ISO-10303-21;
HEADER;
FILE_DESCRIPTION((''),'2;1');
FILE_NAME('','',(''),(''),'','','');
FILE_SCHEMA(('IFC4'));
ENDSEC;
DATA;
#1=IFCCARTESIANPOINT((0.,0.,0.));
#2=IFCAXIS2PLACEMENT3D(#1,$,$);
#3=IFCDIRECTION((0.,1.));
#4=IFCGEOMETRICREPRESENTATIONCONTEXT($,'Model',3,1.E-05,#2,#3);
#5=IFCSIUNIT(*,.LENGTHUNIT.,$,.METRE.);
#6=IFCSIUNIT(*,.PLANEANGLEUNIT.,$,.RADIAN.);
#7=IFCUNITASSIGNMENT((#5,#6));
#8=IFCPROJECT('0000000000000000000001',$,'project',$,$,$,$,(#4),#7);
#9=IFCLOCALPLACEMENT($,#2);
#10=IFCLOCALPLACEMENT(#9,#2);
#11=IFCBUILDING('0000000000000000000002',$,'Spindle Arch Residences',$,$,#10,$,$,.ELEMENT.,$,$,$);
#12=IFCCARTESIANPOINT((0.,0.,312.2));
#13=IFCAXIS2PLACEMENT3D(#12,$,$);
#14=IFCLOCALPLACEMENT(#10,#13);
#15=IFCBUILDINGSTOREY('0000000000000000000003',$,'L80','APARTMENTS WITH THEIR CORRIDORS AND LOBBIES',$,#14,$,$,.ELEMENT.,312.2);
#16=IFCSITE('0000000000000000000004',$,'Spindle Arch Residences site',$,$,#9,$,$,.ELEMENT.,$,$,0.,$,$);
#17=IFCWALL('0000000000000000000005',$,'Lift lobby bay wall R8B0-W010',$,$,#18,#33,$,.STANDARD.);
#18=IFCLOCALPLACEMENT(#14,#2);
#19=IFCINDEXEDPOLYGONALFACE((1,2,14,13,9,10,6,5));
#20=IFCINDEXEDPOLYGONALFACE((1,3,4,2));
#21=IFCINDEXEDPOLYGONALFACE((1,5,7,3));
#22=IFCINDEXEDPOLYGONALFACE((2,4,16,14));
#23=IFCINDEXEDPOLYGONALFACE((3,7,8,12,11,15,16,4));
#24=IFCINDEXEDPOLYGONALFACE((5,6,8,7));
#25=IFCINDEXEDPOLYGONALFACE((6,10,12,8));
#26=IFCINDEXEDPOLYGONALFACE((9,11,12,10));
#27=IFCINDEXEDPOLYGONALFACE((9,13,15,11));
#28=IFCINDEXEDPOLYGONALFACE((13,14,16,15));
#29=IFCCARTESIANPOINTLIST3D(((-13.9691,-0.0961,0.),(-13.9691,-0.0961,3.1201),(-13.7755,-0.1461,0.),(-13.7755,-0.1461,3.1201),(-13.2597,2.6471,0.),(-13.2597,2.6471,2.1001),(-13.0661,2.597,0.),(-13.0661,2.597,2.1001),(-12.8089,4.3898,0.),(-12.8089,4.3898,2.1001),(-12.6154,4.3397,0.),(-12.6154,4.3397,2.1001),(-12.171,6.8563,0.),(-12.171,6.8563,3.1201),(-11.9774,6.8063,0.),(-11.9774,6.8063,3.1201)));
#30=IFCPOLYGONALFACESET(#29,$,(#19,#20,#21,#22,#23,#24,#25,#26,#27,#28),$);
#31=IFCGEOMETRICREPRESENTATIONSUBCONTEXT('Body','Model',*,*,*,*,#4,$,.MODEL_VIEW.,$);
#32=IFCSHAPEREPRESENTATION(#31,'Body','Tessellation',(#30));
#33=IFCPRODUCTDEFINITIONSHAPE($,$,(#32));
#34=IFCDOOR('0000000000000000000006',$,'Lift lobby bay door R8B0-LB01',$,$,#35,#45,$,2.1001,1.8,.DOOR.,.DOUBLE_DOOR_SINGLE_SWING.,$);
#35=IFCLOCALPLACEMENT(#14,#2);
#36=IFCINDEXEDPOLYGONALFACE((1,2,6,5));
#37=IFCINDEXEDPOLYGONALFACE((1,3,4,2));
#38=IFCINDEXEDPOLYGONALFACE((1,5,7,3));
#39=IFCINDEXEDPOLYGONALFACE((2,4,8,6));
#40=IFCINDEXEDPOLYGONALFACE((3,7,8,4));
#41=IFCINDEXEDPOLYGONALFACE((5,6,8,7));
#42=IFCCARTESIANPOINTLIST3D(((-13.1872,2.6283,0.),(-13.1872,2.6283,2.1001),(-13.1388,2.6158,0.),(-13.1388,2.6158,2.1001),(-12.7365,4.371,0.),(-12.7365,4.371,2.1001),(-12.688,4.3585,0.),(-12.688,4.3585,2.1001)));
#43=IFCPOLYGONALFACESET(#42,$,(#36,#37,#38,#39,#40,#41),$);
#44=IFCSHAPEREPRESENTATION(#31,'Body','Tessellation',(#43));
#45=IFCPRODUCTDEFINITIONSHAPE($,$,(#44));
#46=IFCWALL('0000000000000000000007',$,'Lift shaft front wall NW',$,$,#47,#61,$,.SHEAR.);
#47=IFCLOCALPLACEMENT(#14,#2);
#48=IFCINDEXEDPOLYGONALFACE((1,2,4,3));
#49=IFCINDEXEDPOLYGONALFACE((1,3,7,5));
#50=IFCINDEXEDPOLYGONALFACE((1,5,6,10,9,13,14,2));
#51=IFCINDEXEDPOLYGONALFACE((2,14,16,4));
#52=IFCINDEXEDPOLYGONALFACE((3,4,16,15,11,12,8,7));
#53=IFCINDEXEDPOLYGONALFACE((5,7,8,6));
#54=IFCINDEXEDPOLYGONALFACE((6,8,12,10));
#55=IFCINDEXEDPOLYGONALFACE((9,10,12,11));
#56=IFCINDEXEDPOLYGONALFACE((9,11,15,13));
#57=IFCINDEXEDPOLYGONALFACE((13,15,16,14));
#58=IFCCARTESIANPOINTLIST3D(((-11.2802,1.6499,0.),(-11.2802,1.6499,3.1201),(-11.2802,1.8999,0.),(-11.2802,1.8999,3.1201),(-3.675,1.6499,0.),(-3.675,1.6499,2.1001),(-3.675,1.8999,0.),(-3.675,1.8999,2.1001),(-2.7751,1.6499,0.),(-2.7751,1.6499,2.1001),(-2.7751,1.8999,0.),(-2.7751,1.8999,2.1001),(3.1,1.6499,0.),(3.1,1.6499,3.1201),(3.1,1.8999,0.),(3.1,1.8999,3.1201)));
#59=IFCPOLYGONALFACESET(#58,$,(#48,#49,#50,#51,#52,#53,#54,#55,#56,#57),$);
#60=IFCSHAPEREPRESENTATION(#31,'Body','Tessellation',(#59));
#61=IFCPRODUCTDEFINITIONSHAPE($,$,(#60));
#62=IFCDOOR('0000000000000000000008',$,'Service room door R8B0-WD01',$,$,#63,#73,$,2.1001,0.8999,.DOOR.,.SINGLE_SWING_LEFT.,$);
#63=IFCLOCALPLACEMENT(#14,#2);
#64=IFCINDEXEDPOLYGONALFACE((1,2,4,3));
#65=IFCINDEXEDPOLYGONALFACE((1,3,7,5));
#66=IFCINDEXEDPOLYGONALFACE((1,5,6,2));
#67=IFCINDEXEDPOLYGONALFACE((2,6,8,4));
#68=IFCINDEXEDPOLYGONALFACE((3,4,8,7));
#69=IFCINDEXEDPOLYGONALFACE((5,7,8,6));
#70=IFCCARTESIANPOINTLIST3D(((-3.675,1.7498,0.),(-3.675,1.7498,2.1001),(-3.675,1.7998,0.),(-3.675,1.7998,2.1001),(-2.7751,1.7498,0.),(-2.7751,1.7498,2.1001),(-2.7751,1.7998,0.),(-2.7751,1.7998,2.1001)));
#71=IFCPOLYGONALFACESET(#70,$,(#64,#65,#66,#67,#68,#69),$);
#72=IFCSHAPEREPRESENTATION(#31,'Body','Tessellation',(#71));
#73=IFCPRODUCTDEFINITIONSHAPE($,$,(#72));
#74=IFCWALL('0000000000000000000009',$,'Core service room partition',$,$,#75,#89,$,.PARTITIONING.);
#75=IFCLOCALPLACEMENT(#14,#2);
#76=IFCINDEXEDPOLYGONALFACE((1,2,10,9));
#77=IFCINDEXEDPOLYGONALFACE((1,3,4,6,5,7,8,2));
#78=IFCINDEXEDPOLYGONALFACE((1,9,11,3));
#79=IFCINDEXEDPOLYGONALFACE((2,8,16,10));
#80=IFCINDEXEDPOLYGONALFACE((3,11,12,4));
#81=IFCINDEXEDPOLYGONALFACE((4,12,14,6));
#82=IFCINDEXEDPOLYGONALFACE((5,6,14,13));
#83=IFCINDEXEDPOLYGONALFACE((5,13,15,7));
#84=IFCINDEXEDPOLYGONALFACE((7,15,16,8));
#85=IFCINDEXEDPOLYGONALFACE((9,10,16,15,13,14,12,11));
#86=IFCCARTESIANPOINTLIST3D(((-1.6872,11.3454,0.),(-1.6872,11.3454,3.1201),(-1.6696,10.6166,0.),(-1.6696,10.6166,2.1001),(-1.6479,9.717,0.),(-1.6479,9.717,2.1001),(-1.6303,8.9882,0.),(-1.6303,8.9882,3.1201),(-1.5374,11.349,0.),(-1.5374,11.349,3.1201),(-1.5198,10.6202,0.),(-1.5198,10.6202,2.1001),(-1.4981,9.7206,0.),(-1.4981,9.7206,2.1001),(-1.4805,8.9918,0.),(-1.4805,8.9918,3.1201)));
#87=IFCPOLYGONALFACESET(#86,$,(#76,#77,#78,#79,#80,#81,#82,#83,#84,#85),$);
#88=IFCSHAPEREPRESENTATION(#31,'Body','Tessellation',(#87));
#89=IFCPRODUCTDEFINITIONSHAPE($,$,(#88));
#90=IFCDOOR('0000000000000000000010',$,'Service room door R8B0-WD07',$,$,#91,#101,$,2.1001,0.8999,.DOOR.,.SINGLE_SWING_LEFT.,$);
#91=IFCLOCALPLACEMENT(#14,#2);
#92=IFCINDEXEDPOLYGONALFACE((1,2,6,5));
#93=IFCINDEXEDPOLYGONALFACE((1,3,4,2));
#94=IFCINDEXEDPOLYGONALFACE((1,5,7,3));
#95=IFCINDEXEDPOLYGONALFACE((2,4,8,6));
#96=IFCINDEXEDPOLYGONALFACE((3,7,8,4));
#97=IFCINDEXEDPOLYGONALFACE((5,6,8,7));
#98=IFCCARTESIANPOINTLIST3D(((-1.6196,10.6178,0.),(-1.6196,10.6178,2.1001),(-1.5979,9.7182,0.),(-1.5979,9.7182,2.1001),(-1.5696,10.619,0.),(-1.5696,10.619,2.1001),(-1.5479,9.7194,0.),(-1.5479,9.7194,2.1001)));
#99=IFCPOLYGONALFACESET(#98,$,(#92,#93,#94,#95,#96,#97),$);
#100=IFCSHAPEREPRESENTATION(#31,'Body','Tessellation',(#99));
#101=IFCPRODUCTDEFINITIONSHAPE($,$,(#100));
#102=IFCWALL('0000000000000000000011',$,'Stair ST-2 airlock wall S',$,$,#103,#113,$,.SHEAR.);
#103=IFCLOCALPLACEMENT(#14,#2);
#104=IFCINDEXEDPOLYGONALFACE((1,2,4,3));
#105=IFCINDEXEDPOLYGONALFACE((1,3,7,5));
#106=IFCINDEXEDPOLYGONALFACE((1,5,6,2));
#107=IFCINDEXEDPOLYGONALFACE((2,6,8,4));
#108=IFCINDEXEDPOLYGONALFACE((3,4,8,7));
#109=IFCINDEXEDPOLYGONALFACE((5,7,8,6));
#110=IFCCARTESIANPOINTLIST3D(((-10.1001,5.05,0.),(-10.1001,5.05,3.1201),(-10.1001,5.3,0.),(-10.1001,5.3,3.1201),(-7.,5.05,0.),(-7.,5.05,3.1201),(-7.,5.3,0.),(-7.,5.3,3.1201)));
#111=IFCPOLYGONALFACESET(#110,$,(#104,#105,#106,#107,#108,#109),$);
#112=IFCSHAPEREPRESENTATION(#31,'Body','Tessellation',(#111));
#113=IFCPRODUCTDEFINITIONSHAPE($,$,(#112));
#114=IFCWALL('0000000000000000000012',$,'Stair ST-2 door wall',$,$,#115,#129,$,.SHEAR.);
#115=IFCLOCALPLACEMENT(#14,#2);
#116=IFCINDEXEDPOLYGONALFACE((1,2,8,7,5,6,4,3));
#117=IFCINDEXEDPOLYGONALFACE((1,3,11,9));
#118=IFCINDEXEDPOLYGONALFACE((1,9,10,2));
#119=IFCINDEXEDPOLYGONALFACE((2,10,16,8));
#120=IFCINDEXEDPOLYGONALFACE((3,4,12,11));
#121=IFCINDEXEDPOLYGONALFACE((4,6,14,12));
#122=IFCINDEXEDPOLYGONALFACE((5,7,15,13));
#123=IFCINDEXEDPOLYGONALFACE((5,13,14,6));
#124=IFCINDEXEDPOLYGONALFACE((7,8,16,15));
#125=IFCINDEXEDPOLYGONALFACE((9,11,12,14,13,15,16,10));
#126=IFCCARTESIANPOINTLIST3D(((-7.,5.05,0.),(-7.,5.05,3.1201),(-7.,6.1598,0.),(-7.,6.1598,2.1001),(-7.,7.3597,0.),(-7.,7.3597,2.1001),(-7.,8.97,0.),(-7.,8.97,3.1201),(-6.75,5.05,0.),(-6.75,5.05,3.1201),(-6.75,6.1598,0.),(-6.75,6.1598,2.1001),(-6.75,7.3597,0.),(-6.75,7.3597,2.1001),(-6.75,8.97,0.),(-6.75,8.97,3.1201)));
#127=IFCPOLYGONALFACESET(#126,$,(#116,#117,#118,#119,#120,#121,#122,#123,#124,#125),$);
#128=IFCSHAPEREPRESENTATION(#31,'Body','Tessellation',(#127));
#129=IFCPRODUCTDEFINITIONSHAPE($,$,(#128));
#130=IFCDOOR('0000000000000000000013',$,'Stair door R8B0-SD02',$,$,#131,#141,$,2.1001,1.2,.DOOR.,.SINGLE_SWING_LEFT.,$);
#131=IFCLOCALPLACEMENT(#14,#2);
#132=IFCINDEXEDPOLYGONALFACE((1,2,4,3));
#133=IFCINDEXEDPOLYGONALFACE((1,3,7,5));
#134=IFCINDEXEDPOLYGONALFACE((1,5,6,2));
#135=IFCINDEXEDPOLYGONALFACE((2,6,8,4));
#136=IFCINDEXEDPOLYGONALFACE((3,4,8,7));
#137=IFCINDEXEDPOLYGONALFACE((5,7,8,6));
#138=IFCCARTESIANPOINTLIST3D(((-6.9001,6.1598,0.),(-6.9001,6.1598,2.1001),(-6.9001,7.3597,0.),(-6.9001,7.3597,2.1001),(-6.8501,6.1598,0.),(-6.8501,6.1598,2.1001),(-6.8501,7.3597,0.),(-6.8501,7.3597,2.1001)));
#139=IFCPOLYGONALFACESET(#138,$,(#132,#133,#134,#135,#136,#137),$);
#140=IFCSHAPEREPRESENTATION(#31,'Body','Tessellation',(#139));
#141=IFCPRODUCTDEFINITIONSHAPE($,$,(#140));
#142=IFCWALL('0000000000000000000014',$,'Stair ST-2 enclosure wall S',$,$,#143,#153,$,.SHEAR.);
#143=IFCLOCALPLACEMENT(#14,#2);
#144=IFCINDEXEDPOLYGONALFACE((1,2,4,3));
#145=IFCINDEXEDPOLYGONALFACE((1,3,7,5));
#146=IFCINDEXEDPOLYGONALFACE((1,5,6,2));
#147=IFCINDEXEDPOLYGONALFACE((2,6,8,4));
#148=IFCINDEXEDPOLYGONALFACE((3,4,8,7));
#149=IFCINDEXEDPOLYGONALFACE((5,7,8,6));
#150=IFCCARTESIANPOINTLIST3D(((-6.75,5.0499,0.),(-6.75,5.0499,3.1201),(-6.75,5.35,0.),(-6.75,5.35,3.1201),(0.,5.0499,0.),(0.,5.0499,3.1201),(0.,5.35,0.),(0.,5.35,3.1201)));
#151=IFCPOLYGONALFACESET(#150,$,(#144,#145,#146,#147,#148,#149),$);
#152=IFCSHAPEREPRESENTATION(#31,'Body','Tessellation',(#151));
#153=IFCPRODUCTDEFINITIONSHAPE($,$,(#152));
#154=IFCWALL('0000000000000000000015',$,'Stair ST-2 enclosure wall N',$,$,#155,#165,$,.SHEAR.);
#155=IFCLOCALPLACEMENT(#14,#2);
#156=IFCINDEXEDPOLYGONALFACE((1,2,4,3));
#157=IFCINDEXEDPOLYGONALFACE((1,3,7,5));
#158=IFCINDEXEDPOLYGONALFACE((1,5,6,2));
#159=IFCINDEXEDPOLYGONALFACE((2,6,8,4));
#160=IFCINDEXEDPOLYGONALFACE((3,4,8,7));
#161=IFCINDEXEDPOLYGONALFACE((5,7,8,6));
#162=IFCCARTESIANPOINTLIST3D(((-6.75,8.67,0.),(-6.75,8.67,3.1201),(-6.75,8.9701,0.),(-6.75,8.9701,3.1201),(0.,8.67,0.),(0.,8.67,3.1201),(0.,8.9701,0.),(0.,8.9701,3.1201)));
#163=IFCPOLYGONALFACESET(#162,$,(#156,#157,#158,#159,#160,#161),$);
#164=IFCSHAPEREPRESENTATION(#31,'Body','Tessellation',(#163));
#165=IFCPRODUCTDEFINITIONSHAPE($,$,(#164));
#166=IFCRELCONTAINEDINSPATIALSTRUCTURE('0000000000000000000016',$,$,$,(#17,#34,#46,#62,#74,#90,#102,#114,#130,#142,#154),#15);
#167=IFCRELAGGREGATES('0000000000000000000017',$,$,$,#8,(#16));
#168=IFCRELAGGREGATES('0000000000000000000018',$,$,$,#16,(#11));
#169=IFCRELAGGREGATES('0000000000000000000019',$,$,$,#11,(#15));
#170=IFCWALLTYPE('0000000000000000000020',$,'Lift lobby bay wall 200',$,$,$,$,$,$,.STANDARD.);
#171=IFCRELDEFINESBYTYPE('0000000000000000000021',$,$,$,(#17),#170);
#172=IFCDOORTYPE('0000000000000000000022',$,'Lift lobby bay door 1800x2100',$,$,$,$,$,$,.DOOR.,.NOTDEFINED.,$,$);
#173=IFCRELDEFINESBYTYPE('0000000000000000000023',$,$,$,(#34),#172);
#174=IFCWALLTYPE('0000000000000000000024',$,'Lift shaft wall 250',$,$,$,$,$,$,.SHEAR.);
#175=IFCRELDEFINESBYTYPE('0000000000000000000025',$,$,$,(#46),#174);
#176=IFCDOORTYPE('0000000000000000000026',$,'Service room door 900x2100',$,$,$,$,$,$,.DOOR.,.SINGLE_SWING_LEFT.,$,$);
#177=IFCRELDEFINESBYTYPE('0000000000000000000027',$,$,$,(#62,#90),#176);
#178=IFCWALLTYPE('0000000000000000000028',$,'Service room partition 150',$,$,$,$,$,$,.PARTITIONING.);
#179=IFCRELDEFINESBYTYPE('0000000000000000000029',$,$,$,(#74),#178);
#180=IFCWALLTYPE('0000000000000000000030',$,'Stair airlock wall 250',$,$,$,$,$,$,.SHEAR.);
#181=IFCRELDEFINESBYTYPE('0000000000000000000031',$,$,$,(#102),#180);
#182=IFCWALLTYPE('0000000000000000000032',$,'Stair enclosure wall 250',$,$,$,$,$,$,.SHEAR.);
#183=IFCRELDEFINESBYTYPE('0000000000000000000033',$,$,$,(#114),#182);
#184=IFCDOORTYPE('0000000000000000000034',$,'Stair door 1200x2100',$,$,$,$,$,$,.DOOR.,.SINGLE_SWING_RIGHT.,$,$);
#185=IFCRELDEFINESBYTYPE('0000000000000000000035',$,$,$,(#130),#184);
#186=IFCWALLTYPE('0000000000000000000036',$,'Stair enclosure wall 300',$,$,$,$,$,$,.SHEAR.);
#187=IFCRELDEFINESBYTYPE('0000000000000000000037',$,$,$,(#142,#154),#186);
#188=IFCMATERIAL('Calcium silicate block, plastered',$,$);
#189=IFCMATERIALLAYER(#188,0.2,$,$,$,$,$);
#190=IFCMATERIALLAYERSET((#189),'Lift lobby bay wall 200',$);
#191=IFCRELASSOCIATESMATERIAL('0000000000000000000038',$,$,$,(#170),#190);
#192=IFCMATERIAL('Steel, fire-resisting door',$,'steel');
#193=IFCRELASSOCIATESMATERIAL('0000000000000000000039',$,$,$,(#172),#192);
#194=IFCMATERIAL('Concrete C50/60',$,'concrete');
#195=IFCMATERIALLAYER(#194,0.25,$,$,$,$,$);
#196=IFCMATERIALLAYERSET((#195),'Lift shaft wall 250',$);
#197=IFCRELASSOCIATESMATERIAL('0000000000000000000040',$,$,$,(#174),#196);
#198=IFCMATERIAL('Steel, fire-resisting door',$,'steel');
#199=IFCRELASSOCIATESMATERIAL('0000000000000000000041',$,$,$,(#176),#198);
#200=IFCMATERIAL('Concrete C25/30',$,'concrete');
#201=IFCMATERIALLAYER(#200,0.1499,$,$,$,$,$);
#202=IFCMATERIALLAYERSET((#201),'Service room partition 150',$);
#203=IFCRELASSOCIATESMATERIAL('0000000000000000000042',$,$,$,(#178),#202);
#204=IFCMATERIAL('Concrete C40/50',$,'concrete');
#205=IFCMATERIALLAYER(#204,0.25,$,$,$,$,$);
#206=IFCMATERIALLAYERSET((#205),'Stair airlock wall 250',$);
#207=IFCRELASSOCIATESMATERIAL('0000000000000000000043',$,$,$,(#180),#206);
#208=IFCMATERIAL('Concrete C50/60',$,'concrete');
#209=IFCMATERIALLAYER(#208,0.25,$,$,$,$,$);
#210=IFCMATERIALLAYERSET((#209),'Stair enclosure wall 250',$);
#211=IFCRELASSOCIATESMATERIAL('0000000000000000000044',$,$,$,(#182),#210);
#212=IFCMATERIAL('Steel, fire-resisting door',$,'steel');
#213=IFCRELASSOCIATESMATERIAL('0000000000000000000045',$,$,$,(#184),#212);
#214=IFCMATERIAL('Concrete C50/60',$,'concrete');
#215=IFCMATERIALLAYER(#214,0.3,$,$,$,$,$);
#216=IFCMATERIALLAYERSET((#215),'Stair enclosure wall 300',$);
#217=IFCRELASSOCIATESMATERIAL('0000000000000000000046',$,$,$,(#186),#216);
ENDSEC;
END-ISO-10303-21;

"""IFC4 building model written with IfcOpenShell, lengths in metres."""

from ifc_helpers import new_model, si_unit, direction, frame, frame_2d, origin, place, context, subcontext, project, spatial, rectangle, extrude, material, layer, layer_set, type_object, element, fill, save


model = new_model("IFC4")

# Units and contexts
model_context = context("Model", 3, precision=1e-05, world=origin(), true_north=direction((0.0, 1.0)))
body_context = subcontext(model_context, "Body", "Model", "MODEL_VIEW")
ifc_project = project(units=[si_unit("LENGTHUNIT", "METRE"), si_unit("PLANEANGLEUNIT", "RADIAN")], contexts=[model_context])

# Site, building, storey
site_placement = place(None, origin())
site = spatial("IfcSite", under=ifc_project, at=site_placement, Name="Spindle Arch Residences site", CompositionType="ELEMENT", RefElevation=0.0)
building_placement = place(site_placement, origin())
building = spatial("IfcBuilding", under=site, at=building_placement, Name="Spindle Arch Residences", CompositionType="ELEMENT")
storey_placement = place(building_placement, frame((0.0, 0.0, 312.2)))
storey = spatial("IfcBuildingStorey", under=building, at=storey_placement, Name="L80", Description="APARTMENTS WITH THEIR CORRIDORS AND LOBBIES", CompositionType="ELEMENT", Elevation=312.2)

# Walls, openings, doors
ifc_material_1 = material(Name="Calcium silicate block, plastered")
ifc_layer_1 = layer(ifc_material_1, 0.2)
ifc_layer_set_1 = layer_set([ifc_layer_1], Name="Lift lobby bay wall 200")
wall_type_1 = type_object("IfcWallType", Name="Lift lobby bay wall 200", PredefinedType="STANDARD", material=ifc_layer_set_1)
wall_1_placement = place(storey_placement, frame((-12.0742, 6.8313, 0.0), z_axis=(0.0, 0.0, 1.0), x_axis=(-0.250391, -0.968145, 0.0)))
wall_1 = element("IfcWall", 1, at=wall_1_placement, inside=storey, type_object=wall_type_1, Name="Lift lobby bay wall R8B0-W010", PredefinedType="STANDARD", context=body_context, shape_type="SweptSolid", body=[
    extrude(rectangle(XDim=7.1812, YDim=0.2, at=frame_2d((3.5906, 0.0))), origin(), (0.0, 0.0, 1.0), 3.1201),
])
opening_1_placement = place(wall_1_placement, frame((2.5479, 0.0, 0.0)))
opening_1 = element("IfcOpeningElement", 2, at=opening_1_placement, cuts=wall_1, PredefinedType="OPENING", context=body_context, shape_type="SweptSolid", body=[
    extrude(rectangle(XDim=1.8, YDim=2.1001, at=frame_2d((0.8999, 1.05))), frame((0.0, 0.1099, 0.0), z_axis=(0.0, -1.0, 0.0), x_axis=(1.0, 0.0, 0.0)), (0.0, 0.0, 1.0), 0.22),
])
ifc_material_2 = material(Name="Steel, fire-resisting door", Category="steel")
door_type_1 = type_object("IfcDoorType", Name="Lift lobby bay door 1800x2100", OperationType="NOTDEFINED", PredefinedType="DOOR", material=ifc_material_2)
door_1_placement = place(opening_1_placement, origin())
door_1 = element("IfcDoor", 3, at=door_1_placement, inside=storey, type_object=door_type_1, Name="Lift lobby bay door R8B0-LB01", OperationType="DOUBLE_DOOR_SINGLE_SWING", OverallHeight=2.1001, OverallWidth=1.8, PredefinedType="DOOR", context=body_context, shape_type="SweptSolid", body=[
    extrude(rectangle(XDim=1.8, YDim=2.1001, at=frame_2d((0.8999, 1.05))), frame((0.0, 0.0249, 0.0), z_axis=(0.0, -1.0, 0.0), x_axis=(1.0, 0.0, 0.0)), (0.0, 0.0, 1.0), 0.05),
])
fill(opening_1, door_1)
ifc_material_3 = material(Name="Concrete C50/60", Category="concrete")
ifc_layer_2 = layer(ifc_material_3, 0.25)
ifc_layer_set_2 = layer_set([ifc_layer_2], Name="Lift shaft wall 250")
wall_type_2 = type_object("IfcWallType", Name="Lift shaft wall 250", PredefinedType="SHEAR", material=ifc_layer_set_2)
wall_2_placement = place(storey_placement, frame((-11.28, 1.7749, 0.0), z_axis=(0.0, 0.0, 1.0), x_axis=(1.0, 0.0, 0.0)))
wall_2 = element("IfcWall", 4, at=wall_2_placement, inside=storey, type_object=wall_type_2, Name="Lift shaft front wall NW", PredefinedType="SHEAR", context=body_context, shape_type="SweptSolid", body=[
    extrude(rectangle(XDim=14.3801, YDim=0.25, at=frame_2d((7.1899, 0.0))), origin(), (0.0, 0.0, 1.0), 3.1201),
])
opening_2_placement = place(wall_2_placement, frame((7.605, 0.0, 0.0)))
opening_2 = element("IfcOpeningElement", 5, at=opening_2_placement, cuts=wall_2, PredefinedType="OPENING", context=body_context, shape_type="SweptSolid", body=[
    extrude(rectangle(XDim=0.8999, YDim=2.1001, at=frame_2d((0.45, 1.05))), frame((0.0, 0.135, 0.0), z_axis=(0.0, -1.0, 0.0), x_axis=(1.0, 0.0, 0.0)), (0.0, 0.0, 1.0), 0.27),
])
ifc_material_4 = material(Name="Steel, fire-resisting door", Category="steel")
door_type_2 = type_object("IfcDoorType", Name="Service room door 900x2100", OperationType="SINGLE_SWING_LEFT", PredefinedType="DOOR", material=ifc_material_4)
door_2_placement = place(opening_2_placement, origin())
door_2 = element("IfcDoor", 6, at=door_2_placement, inside=storey, type_object=door_type_2, Name="Service room door R8B0-WD01", OperationType="SINGLE_SWING_LEFT", OverallHeight=2.1001, OverallWidth=0.8999, PredefinedType="DOOR", context=body_context, shape_type="SweptSolid", body=[
    extrude(rectangle(XDim=0.8999, YDim=2.1001, at=frame_2d((0.45, 1.05))), frame((0.0, 0.0249, 0.0), z_axis=(0.0, -1.0, 0.0), x_axis=(1.0, 0.0, 0.0)), (0.0, 0.0, 1.0), 0.05),
])
fill(opening_2, door_2)
ifc_material_5 = material(Name="Concrete C25/30", Category="concrete")
ifc_layer_3 = layer(ifc_material_5, 0.1499)
ifc_layer_set_3 = layer_set([ifc_layer_3], Name="Service room partition 150")
wall_type_3 = type_object("IfcWallType", Name="Service room partition 150", PredefinedType="PARTITIONING", material=ifc_layer_set_3)
wall_3_placement = place(storey_placement, frame((-1.5554, 8.99, 0.0), z_axis=(0.0, 0.0, 1.0), x_axis=(-0.024126, 0.999709, 0.0)))
wall_3 = element("IfcWall", 7, at=wall_3_placement, inside=storey, type_object=wall_type_3, Name="Core service room partition", PredefinedType="PARTITIONING", context=body_context, shape_type="SweptSolid", body=[
    extrude(rectangle(XDim=2.3579, YDim=0.1499, at=frame_2d((1.179, 0.0))), origin(), (0.0, 0.0, 1.0), 3.1201),
])
opening_3_placement = place(wall_3_placement, frame((0.729, 0.0, 0.0)))
opening_3 = element("IfcOpeningElement", 8, at=opening_3_placement, cuts=wall_3, PredefinedType="OPENING", context=body_context, shape_type="SweptSolid", body=[
    extrude(rectangle(XDim=0.8999, YDim=2.1001, at=frame_2d((0.45, 1.05))), frame((0.0, 0.085, 0.0), z_axis=(0.0, -1.0, 0.0), x_axis=(1.0, 0.0, 0.0)), (0.0, 0.0, 1.0), 0.1699),
])
door_3_placement = place(opening_3_placement, origin())
door_3 = element("IfcDoor", 9, at=door_3_placement, inside=storey, type_object=door_type_2, Name="Service room door R8B0-WD07", OperationType="SINGLE_SWING_LEFT", OverallHeight=2.1001, OverallWidth=0.8999, PredefinedType="DOOR", context=body_context, shape_type="SweptSolid", body=[
    extrude(rectangle(XDim=0.8999, YDim=2.1001, at=frame_2d((0.45, 1.05))), frame((0.0, 0.0249, 0.0), z_axis=(0.0, -1.0, 0.0), x_axis=(1.0, 0.0, 0.0)), (0.0, 0.0, 1.0), 0.05),
])
fill(opening_3, door_3)

# Wall
ifc_material_6 = material(Name="Concrete C40/50", Category="concrete")
ifc_layer_4 = layer(ifc_material_6, 0.25)
ifc_layer_set_4 = layer_set([ifc_layer_4], Name="Stair airlock wall 250")
wall_type_4 = type_object("IfcWallType", Name="Stair airlock wall 250", PredefinedType="SHEAR", material=ifc_layer_set_4)
wall_4_placement = place(storey_placement, frame((-7.0, 5.175, 0.0), z_axis=(0.0, 0.0, 1.0), x_axis=(-1.0, 0.0, 0.0)))
element("IfcWall", 10, at=wall_4_placement, inside=storey, type_object=wall_type_4, Name="Stair ST-2 airlock wall S", PredefinedType="SHEAR", context=body_context, shape_type="SweptSolid", body=[
    extrude(rectangle(XDim=3.1001, YDim=0.25, at=frame_2d((1.55, 0.0))), origin(), (0.0, 0.0, 1.0), 3.1201),
])

# Wall, opening, door
ifc_material_7 = material(Name="Concrete C50/60", Category="concrete")
ifc_layer_5 = layer(ifc_material_7, 0.25)
ifc_layer_set_5 = layer_set([ifc_layer_5], Name="Stair enclosure wall 250")
wall_type_5 = type_object("IfcWallType", Name="Stair enclosure wall 250", PredefinedType="SHEAR", material=ifc_layer_set_5)
wall_5_placement = place(storey_placement, frame((-6.875, 8.97, 0.0), z_axis=(0.0, 0.0, 1.0), x_axis=(0.0, -1.0, 0.0)))
wall_5 = element("IfcWall", 11, at=wall_5_placement, inside=storey, type_object=wall_type_5, Name="Stair ST-2 door wall", PredefinedType="SHEAR", context=body_context, shape_type="SweptSolid", body=[
    extrude(rectangle(XDim=3.9199, YDim=0.25, at=frame_2d((1.96, 0.0))), origin(), (0.0, 0.0, 1.0), 3.1201),
])
opening_4_placement = place(wall_5_placement, frame((1.6101, 0.0, 0.0)))
opening_4 = element("IfcOpeningElement", 12, at=opening_4_placement, cuts=wall_5, PredefinedType="OPENING", context=body_context, shape_type="SweptSolid", body=[
    extrude(rectangle(XDim=1.2, YDim=2.1001, at=frame_2d((0.6001, 1.05))), frame((0.0, 0.135, 0.0), z_axis=(0.0, -1.0, 0.0), x_axis=(1.0, 0.0, 0.0)), (0.0, 0.0, 1.0), 0.27),
])
ifc_material_8 = material(Name="Steel, fire-resisting door", Category="steel")
door_type_3 = type_object("IfcDoorType", Name="Stair door 1200x2100", OperationType="SINGLE_SWING_RIGHT", PredefinedType="DOOR", material=ifc_material_8)
door_4_placement = place(opening_4_placement, origin())
door_4 = element("IfcDoor", 13, at=door_4_placement, inside=storey, type_object=door_type_3, Name="Stair door R8B0-SD02", OperationType="SINGLE_SWING_LEFT", OverallHeight=2.1001, OverallWidth=1.2, PredefinedType="DOOR", context=body_context, shape_type="SweptSolid", body=[
    extrude(rectangle(XDim=1.2, YDim=2.1001, at=frame_2d((0.6001, 1.05))), frame((0.0, 0.0249, 0.0), z_axis=(0.0, -1.0, 0.0), x_axis=(1.0, 0.0, 0.0)), (0.0, 0.0, 1.0), 0.05),
])
fill(opening_4, door_4)

# Walls
ifc_material_9 = material(Name="Concrete C50/60", Category="concrete")
ifc_layer_6 = layer(ifc_material_9, 0.3)
ifc_layer_set_6 = layer_set([ifc_layer_6], Name="Stair enclosure wall 300")
wall_type_6 = type_object("IfcWallType", Name="Stair enclosure wall 300", PredefinedType="SHEAR", material=ifc_layer_set_6)
for number, where, z_axis, x_axis, name in (
    (14, (-6.75, 5.2, 0.0), (0.0, 0.0, 1.0), (1.0, 0.0, 0.0), "Stair ST-2 enclosure wall S"),
    (15, (-6.75, 8.8201, 0.0), (0.0, 0.0, 1.0), (1.0, 0.0, 0.0), "Stair ST-2 enclosure wall N"),
):
    element("IfcWall", number, at=place(storey_placement, frame(where, z_axis=z_axis, x_axis=x_axis)), inside=storey, type_object=wall_type_6, Name=name, PredefinedType="SHEAR", context=body_context, shape_type="SweptSolid", body=[
        extrude(rectangle(XDim=6.75, YDim=0.3, at=frame_2d((3.375, 0.0))), origin(), (0.0, 0.0, 1.0), 3.1201),
    ])

save(model, "model.ifc")
